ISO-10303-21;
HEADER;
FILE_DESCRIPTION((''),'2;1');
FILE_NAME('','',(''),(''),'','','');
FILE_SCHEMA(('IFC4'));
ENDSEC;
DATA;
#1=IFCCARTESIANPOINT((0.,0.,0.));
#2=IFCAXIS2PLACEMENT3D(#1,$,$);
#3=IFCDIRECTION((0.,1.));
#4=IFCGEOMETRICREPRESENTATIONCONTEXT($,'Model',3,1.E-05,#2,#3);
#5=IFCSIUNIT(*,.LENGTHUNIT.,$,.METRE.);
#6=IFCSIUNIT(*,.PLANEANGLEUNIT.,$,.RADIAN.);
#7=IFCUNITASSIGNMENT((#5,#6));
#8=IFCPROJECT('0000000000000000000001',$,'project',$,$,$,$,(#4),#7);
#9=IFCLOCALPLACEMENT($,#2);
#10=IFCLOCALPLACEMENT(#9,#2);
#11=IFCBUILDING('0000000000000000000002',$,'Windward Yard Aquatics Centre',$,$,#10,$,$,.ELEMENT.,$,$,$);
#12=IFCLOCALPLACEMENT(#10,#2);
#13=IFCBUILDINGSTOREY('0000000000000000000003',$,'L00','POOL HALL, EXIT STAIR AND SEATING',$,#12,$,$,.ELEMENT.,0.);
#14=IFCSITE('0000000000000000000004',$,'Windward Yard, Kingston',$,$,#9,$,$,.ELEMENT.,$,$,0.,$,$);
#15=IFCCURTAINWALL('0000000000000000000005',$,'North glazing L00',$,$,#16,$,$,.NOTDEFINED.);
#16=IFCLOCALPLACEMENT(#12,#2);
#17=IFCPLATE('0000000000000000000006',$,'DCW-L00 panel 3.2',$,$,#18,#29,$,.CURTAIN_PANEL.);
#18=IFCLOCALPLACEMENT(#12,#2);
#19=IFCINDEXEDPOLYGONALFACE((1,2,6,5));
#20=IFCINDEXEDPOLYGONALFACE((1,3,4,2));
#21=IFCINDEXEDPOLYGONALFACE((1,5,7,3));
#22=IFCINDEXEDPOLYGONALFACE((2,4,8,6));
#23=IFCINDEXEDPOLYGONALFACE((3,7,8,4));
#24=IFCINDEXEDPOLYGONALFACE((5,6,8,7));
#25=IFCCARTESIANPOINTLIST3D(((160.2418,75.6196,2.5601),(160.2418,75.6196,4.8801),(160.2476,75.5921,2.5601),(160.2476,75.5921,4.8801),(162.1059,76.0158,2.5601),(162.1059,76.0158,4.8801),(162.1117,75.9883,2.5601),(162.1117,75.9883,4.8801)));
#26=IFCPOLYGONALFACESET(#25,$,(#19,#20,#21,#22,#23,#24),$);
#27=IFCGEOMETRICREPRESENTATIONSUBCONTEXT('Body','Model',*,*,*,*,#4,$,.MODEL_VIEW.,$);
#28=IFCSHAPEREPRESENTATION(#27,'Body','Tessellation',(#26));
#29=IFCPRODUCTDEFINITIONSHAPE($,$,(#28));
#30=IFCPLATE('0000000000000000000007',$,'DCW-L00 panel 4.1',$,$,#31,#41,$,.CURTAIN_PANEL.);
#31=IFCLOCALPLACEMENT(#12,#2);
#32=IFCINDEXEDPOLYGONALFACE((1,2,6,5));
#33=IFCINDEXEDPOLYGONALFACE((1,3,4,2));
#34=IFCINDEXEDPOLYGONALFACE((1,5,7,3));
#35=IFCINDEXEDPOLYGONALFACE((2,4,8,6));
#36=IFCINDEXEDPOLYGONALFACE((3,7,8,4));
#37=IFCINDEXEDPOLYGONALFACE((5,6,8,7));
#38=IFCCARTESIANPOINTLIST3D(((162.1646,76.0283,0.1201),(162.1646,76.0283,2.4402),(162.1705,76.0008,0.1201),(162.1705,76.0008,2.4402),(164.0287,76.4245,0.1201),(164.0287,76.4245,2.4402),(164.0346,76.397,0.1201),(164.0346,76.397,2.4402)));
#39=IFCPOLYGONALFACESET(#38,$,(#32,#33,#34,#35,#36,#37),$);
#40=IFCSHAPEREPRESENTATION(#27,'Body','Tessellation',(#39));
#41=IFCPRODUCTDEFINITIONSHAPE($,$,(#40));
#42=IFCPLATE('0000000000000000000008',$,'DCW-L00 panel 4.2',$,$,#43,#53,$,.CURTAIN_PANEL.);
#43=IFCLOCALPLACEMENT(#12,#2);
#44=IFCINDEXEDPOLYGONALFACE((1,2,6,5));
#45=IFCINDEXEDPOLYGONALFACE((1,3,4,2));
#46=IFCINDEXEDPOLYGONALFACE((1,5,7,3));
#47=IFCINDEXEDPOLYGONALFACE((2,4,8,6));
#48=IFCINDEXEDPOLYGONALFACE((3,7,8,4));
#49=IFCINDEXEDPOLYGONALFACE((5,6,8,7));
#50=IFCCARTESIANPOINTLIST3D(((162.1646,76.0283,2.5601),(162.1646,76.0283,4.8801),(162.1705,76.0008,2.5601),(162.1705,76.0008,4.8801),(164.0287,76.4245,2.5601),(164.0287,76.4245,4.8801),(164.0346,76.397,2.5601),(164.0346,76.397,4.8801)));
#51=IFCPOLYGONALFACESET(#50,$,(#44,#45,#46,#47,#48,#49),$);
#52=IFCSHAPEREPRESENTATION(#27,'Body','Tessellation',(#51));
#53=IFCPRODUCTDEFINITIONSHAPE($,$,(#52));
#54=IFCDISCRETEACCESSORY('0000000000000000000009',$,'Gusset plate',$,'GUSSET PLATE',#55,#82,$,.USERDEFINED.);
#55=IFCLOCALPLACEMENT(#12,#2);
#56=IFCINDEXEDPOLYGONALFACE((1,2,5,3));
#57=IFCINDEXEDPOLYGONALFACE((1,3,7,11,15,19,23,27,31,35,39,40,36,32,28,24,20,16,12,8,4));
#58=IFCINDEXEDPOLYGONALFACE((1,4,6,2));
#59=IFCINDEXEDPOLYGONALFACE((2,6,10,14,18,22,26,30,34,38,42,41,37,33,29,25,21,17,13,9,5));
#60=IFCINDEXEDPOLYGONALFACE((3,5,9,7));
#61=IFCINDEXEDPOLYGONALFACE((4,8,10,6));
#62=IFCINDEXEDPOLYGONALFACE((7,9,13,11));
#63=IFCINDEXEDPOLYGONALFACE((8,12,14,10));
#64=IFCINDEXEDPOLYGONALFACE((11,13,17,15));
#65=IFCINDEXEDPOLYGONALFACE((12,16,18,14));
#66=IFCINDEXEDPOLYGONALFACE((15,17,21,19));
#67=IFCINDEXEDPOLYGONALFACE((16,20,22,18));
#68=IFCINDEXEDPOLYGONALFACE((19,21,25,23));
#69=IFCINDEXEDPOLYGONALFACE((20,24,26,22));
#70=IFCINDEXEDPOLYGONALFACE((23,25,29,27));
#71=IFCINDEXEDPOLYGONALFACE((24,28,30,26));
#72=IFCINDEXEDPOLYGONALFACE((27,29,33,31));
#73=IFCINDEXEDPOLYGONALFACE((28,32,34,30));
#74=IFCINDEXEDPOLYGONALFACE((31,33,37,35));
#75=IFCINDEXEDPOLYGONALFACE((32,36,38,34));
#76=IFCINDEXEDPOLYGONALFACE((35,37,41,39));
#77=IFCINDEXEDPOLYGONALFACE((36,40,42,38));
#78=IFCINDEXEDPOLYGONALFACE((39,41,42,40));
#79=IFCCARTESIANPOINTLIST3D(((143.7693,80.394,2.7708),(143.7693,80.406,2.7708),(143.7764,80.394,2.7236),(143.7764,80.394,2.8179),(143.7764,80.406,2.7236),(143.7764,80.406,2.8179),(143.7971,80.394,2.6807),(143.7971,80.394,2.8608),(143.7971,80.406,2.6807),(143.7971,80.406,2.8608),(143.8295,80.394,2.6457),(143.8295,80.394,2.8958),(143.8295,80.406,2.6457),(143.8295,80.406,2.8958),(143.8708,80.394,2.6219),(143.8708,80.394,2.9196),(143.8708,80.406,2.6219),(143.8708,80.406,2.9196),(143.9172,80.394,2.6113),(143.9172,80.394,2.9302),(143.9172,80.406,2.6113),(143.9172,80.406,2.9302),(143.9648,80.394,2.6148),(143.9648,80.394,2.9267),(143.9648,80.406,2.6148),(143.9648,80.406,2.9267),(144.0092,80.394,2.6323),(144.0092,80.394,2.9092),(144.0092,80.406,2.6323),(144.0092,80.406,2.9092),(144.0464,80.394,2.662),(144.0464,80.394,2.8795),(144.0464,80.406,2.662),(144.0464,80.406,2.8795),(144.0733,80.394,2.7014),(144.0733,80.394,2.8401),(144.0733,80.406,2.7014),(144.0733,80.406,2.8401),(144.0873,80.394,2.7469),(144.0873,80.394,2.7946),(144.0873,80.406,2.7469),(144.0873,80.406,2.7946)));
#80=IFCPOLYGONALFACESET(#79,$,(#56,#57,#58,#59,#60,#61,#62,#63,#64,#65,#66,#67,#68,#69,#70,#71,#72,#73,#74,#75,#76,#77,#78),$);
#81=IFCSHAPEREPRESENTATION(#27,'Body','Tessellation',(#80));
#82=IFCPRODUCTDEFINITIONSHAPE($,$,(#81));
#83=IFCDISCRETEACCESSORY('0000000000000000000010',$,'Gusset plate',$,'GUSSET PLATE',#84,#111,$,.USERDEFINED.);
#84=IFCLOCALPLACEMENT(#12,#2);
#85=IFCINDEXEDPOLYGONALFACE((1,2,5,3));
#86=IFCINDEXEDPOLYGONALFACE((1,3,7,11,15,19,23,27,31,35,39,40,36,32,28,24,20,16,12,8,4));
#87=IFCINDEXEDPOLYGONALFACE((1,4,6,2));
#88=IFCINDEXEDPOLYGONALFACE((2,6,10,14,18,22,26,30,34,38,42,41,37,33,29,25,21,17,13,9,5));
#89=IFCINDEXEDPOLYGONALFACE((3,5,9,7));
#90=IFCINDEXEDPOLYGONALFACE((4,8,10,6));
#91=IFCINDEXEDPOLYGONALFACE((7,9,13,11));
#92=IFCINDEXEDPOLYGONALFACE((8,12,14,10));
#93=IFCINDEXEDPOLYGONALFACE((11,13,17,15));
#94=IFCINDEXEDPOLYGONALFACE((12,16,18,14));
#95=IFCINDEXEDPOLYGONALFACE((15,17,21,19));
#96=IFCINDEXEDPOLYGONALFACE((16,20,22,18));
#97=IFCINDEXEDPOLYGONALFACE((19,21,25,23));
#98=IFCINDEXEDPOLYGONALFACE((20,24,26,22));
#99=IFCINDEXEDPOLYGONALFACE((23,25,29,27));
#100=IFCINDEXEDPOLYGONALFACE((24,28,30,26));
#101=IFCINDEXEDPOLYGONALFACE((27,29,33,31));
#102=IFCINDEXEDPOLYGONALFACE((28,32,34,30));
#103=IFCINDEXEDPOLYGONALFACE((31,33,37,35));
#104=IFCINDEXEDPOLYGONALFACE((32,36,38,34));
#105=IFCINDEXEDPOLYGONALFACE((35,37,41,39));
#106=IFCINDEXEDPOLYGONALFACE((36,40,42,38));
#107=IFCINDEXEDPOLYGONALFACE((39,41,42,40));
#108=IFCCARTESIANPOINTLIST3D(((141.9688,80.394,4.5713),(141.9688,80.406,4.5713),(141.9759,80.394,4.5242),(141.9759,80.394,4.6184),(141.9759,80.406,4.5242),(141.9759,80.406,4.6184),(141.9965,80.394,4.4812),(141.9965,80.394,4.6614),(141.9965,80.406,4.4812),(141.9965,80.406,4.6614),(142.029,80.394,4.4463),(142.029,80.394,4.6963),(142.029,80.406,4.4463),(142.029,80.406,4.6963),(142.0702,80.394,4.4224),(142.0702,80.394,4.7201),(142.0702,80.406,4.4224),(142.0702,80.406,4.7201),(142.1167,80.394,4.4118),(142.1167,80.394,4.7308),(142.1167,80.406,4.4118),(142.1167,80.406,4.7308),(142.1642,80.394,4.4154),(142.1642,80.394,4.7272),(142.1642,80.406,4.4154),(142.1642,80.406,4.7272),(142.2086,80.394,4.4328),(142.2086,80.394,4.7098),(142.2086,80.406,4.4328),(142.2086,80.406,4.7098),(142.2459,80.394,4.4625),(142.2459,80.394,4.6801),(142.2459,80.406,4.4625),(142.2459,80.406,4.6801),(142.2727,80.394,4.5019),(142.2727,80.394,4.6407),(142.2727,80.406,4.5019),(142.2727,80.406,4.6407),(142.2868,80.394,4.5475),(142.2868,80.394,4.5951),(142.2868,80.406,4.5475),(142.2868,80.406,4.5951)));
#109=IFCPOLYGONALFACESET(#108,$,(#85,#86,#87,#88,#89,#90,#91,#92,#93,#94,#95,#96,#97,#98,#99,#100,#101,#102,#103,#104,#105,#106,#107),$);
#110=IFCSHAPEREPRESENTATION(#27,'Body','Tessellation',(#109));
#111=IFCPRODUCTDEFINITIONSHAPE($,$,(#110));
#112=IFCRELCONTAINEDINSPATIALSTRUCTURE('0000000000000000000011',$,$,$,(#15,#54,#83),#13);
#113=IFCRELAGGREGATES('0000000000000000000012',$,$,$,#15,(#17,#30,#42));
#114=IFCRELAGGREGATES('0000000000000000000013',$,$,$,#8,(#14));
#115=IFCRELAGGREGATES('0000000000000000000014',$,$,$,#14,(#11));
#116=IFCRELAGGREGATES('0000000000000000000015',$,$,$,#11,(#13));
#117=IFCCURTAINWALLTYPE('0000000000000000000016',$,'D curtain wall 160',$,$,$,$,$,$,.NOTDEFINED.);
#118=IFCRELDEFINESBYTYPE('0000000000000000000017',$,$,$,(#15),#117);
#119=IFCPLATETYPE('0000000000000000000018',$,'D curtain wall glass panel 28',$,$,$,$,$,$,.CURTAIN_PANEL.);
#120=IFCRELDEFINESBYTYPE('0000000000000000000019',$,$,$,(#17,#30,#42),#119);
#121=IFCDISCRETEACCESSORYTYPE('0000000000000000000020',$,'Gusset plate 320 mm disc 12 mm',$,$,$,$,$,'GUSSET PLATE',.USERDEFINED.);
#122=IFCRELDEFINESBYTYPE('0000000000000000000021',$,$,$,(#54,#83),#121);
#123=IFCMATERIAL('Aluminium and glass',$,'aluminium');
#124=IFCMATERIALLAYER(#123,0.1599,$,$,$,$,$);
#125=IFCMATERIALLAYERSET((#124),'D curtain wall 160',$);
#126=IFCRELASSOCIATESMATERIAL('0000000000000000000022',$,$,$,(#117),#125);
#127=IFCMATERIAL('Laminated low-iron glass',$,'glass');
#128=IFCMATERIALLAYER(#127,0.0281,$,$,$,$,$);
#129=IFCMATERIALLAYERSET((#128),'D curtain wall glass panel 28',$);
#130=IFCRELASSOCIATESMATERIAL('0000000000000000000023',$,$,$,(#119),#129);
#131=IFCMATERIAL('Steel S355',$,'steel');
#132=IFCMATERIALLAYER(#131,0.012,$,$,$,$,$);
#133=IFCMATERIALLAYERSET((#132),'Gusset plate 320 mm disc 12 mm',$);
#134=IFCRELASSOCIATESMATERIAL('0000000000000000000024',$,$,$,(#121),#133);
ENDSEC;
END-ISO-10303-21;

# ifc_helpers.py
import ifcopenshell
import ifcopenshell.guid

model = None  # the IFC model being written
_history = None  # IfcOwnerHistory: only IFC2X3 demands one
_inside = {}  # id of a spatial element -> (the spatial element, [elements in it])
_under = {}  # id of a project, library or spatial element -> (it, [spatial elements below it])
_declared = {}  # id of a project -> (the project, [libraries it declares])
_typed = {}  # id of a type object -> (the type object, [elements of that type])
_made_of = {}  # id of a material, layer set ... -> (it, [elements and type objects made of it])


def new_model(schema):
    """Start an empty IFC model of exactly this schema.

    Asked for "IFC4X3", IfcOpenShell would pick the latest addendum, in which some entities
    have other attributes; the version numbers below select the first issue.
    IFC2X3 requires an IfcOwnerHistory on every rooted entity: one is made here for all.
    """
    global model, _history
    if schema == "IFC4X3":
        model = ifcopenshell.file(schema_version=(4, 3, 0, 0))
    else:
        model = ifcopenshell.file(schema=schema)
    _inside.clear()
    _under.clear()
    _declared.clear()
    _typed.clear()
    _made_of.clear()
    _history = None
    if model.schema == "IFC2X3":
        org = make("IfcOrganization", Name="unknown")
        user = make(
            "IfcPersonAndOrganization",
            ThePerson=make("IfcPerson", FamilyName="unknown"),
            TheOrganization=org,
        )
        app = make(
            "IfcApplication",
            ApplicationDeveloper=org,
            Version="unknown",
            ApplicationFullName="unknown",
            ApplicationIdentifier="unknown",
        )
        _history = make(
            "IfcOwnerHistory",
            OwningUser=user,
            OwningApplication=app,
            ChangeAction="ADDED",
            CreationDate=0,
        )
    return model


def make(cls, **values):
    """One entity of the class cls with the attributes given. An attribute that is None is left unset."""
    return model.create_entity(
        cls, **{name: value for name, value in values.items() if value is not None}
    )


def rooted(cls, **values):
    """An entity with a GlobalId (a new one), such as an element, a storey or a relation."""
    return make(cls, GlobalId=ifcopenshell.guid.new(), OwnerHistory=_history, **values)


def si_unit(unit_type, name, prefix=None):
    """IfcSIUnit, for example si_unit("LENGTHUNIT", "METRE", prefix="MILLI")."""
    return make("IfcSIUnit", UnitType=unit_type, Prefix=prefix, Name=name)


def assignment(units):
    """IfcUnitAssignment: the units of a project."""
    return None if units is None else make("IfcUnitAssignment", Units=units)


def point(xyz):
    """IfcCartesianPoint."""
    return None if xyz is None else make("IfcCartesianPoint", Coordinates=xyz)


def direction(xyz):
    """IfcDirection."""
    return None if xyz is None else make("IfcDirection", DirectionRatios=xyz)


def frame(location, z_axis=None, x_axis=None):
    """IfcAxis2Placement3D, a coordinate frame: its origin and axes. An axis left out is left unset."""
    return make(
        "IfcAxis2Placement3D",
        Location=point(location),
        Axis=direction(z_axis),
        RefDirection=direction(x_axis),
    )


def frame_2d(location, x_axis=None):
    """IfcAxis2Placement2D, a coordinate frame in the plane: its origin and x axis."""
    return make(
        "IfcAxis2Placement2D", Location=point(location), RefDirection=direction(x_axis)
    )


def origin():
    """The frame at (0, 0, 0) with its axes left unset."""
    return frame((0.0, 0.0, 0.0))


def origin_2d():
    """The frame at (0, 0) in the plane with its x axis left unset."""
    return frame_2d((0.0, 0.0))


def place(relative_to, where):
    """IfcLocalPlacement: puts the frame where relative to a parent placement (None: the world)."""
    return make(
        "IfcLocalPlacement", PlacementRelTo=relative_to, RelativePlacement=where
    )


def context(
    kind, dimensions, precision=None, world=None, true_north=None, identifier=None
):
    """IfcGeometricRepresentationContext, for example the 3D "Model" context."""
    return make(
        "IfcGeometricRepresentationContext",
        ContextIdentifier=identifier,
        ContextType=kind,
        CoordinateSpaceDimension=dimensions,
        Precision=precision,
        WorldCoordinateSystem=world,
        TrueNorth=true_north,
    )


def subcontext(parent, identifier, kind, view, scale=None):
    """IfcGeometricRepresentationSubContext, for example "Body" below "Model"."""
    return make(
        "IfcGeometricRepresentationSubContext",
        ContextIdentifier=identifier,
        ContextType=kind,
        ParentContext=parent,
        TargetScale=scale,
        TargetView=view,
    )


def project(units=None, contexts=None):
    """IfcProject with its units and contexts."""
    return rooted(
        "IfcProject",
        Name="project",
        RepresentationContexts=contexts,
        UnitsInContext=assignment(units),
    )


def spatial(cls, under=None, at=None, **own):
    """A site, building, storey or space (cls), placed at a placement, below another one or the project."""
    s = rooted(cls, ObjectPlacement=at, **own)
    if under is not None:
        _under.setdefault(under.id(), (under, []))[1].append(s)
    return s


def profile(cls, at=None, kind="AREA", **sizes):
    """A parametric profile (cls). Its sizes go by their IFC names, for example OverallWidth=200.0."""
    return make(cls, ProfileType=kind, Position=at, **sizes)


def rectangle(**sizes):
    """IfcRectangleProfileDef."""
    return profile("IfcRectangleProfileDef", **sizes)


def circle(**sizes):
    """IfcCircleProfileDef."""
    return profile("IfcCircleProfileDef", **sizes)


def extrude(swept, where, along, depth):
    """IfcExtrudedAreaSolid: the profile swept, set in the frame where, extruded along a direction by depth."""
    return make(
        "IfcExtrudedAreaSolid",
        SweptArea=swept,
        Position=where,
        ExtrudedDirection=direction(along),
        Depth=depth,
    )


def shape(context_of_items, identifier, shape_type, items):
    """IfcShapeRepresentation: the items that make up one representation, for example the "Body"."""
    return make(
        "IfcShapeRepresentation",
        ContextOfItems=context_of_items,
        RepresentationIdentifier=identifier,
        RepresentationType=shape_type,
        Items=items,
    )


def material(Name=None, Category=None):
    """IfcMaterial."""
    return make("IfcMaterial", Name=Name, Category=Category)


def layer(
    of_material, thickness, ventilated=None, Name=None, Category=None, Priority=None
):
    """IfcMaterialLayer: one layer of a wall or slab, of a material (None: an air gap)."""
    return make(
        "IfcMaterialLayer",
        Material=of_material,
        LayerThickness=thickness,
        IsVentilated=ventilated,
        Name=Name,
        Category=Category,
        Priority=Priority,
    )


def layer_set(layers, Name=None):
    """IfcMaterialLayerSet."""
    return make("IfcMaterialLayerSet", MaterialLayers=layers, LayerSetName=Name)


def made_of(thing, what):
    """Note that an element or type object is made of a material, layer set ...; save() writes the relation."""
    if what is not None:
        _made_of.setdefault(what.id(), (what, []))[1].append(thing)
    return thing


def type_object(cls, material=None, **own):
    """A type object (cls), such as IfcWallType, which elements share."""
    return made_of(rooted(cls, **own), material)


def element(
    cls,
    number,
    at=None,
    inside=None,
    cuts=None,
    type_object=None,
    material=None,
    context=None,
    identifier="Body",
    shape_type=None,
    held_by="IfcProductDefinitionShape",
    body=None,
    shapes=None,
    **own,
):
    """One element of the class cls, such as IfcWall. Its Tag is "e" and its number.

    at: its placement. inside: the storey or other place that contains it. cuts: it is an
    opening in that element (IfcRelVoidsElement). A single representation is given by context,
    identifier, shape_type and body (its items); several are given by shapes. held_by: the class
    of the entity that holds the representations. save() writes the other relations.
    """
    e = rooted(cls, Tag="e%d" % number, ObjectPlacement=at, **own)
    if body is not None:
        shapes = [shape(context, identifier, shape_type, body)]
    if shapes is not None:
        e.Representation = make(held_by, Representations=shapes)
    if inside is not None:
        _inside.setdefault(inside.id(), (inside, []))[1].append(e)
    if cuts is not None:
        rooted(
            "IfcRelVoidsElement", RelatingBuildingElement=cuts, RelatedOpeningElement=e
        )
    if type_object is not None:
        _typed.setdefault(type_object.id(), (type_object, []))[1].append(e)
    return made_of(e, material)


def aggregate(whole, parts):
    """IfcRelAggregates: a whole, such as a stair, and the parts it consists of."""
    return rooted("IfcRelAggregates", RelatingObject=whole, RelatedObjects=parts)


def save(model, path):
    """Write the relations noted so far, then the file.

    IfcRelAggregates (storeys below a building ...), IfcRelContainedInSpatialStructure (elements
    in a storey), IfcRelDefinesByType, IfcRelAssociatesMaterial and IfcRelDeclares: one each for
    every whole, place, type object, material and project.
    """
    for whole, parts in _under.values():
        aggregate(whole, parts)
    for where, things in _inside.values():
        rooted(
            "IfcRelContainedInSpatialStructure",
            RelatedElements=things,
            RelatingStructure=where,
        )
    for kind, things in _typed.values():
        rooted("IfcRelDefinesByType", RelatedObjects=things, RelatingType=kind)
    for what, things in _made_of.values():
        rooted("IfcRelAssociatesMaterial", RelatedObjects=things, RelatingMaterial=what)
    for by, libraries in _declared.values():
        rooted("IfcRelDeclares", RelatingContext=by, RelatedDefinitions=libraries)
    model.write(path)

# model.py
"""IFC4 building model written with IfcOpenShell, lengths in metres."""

from ifc_helpers import new_model, si_unit, direction, frame, origin, origin_2d, place, context, subcontext, project, spatial, rectangle, circle, extrude, material, layer, layer_set, type_object, element, aggregate, save


model = new_model("IFC4")

# Units and contexts
model_context = context("Model", 3, precision=1e-05, world=origin(), true_north=direction((0.0, 1.0)))
body_context = subcontext(model_context, "Body", "Model", "MODEL_VIEW")
ifc_project = project(units=[si_unit("LENGTHUNIT", "METRE"), si_unit("PLANEANGLEUNIT", "RADIAN")], contexts=[model_context])

# Site, building, storey
site_placement = place(None, origin())
site = spatial("IfcSite", under=ifc_project, at=site_placement, Name="Windward Yard, Kingston", CompositionType="ELEMENT", RefElevation=0.0)
building_placement = place(site_placement, origin())
building = spatial("IfcBuilding", under=site, at=building_placement, Name="Windward Yard Aquatics Centre", CompositionType="ELEMENT")
storey_placement = place(building_placement, origin())
storey = spatial("IfcBuildingStorey", under=building, at=storey_placement, Name="L00", Description="POOL HALL, EXIT STAIR AND SEATING", CompositionType="ELEMENT", Elevation=0.0)

# Curtain wall, plates
ifc_material_1 = material(Name="Aluminium and glass", Category="aluminium")
ifc_layer_1 = layer(ifc_material_1, 0.1599)
ifc_layer_set_1 = layer_set([ifc_layer_1], Name="D curtain wall 160")
curtain_wall_type = type_object("IfcCurtainWallType", Name="D curtain wall 160", PredefinedType="NOTDEFINED", material=ifc_layer_set_1)
curtain_wall_placement = place(storey_placement, origin())
curtain_wall = element("IfcCurtainWall", 1, at=curtain_wall_placement, inside=storey, type_object=curtain_wall_type, Name="North glazing L00", PredefinedType="NOTDEFINED")
ifc_material_2 = material(Name="Laminated low-iron glass", Category="glass")
ifc_layer_2 = layer(ifc_material_2, 0.0281)
ifc_layer_set_2 = layer_set([ifc_layer_2], Name="D curtain wall glass panel 28")
plate_type = type_object("IfcPlateType", Name="D curtain wall glass panel 28", PredefinedType="CURTAIN_PANEL", material=ifc_layer_set_2)
plate_1_placement = place(storey_placement, frame((161.1768, 75.804, 2.5601), z_axis=(0.0, 0.0, 1.0), x_axis=(0.978148, 0.207912, 0.0)))
plate_1 = element("IfcPlate", 2, at=plate_1_placement, type_object=plate_type, Name="DCW-L00 panel 3.2", PredefinedType="CURTAIN_PANEL", context=body_context, shape_type="SweptSolid", body=[
    extrude(rectangle(XDim=1.9058, YDim=0.0281, at=origin_2d()), origin(), (0.0, 0.0, 1.0), 2.3201),
])
plate_2_placement = place(storey_placement, frame((163.0996, 76.2126, 0.1201), z_axis=(0.0, 0.0, 1.0), x_axis=(0.978148, 0.207912, 0.0)))
plate_2 = element("IfcPlate", 3, at=plate_2_placement, type_object=plate_type, Name="DCW-L00 panel 4.1", PredefinedType="CURTAIN_PANEL", context=body_context, shape_type="SweptSolid", body=[
    extrude(rectangle(XDim=1.9058, YDim=0.0281, at=origin_2d()), origin(), (0.0, 0.0, 1.0), 2.3201),
])
plate_3_placement = place(storey_placement, frame((163.0996, 76.2126, 2.5601), z_axis=(0.0, 0.0, 1.0), x_axis=(0.978148, 0.207912, 0.0)))
plate_3 = element("IfcPlate", 4, at=plate_3_placement, type_object=plate_type, Name="DCW-L00 panel 4.2", PredefinedType="CURTAIN_PANEL", context=body_context, shape_type="SweptSolid", body=[
    extrude(rectangle(XDim=1.9058, YDim=0.0281, at=origin_2d()), origin(), (0.0, 0.0, 1.0), 2.3201),
])
aggregate(curtain_wall, [plate_1, plate_2, plate_3])

# Discrete accessories
ifc_material_3 = material(Name="Steel S355", Category="steel")
ifc_layer_3 = layer(ifc_material_3, 0.012)
ifc_layer_set_3 = layer_set([ifc_layer_3], Name="Gusset plate 320 mm disc 12 mm")
discrete_accessory_type = type_object("IfcDiscreteAccessoryType", Name="Gusset plate 320 mm disc 12 mm", ElementType="GUSSET PLATE", PredefinedType="USERDEFINED", material=ifc_layer_set_3)
for number, where, z_axis, x_axis, name in (
    (5, (143.9292, 80.394, 2.7708), (0.0, 1.0, 0.0), (-1.0, 0.0, 0.0), "Gusset plate"),
    (6, (142.1287, 80.394, 4.5713), (0.0, 1.0, 0.0), (-1.0, 0.0, 0.0), "Gusset plate"),
):
    element("IfcDiscreteAccessory", number, at=place(storey_placement, frame(where, z_axis=z_axis, x_axis=x_axis)), inside=storey, type_object=discrete_accessory_type, Name=name, ObjectType="GUSSET PLATE", PredefinedType="USERDEFINED", context=body_context, shape_type="SweptSolid", body=[
        extrude(circle(Radius=0.1599, at=origin_2d()), origin(), (0.0, 0.0, 1.0), 0.012),
    ])

save(model, "model.ifc")
